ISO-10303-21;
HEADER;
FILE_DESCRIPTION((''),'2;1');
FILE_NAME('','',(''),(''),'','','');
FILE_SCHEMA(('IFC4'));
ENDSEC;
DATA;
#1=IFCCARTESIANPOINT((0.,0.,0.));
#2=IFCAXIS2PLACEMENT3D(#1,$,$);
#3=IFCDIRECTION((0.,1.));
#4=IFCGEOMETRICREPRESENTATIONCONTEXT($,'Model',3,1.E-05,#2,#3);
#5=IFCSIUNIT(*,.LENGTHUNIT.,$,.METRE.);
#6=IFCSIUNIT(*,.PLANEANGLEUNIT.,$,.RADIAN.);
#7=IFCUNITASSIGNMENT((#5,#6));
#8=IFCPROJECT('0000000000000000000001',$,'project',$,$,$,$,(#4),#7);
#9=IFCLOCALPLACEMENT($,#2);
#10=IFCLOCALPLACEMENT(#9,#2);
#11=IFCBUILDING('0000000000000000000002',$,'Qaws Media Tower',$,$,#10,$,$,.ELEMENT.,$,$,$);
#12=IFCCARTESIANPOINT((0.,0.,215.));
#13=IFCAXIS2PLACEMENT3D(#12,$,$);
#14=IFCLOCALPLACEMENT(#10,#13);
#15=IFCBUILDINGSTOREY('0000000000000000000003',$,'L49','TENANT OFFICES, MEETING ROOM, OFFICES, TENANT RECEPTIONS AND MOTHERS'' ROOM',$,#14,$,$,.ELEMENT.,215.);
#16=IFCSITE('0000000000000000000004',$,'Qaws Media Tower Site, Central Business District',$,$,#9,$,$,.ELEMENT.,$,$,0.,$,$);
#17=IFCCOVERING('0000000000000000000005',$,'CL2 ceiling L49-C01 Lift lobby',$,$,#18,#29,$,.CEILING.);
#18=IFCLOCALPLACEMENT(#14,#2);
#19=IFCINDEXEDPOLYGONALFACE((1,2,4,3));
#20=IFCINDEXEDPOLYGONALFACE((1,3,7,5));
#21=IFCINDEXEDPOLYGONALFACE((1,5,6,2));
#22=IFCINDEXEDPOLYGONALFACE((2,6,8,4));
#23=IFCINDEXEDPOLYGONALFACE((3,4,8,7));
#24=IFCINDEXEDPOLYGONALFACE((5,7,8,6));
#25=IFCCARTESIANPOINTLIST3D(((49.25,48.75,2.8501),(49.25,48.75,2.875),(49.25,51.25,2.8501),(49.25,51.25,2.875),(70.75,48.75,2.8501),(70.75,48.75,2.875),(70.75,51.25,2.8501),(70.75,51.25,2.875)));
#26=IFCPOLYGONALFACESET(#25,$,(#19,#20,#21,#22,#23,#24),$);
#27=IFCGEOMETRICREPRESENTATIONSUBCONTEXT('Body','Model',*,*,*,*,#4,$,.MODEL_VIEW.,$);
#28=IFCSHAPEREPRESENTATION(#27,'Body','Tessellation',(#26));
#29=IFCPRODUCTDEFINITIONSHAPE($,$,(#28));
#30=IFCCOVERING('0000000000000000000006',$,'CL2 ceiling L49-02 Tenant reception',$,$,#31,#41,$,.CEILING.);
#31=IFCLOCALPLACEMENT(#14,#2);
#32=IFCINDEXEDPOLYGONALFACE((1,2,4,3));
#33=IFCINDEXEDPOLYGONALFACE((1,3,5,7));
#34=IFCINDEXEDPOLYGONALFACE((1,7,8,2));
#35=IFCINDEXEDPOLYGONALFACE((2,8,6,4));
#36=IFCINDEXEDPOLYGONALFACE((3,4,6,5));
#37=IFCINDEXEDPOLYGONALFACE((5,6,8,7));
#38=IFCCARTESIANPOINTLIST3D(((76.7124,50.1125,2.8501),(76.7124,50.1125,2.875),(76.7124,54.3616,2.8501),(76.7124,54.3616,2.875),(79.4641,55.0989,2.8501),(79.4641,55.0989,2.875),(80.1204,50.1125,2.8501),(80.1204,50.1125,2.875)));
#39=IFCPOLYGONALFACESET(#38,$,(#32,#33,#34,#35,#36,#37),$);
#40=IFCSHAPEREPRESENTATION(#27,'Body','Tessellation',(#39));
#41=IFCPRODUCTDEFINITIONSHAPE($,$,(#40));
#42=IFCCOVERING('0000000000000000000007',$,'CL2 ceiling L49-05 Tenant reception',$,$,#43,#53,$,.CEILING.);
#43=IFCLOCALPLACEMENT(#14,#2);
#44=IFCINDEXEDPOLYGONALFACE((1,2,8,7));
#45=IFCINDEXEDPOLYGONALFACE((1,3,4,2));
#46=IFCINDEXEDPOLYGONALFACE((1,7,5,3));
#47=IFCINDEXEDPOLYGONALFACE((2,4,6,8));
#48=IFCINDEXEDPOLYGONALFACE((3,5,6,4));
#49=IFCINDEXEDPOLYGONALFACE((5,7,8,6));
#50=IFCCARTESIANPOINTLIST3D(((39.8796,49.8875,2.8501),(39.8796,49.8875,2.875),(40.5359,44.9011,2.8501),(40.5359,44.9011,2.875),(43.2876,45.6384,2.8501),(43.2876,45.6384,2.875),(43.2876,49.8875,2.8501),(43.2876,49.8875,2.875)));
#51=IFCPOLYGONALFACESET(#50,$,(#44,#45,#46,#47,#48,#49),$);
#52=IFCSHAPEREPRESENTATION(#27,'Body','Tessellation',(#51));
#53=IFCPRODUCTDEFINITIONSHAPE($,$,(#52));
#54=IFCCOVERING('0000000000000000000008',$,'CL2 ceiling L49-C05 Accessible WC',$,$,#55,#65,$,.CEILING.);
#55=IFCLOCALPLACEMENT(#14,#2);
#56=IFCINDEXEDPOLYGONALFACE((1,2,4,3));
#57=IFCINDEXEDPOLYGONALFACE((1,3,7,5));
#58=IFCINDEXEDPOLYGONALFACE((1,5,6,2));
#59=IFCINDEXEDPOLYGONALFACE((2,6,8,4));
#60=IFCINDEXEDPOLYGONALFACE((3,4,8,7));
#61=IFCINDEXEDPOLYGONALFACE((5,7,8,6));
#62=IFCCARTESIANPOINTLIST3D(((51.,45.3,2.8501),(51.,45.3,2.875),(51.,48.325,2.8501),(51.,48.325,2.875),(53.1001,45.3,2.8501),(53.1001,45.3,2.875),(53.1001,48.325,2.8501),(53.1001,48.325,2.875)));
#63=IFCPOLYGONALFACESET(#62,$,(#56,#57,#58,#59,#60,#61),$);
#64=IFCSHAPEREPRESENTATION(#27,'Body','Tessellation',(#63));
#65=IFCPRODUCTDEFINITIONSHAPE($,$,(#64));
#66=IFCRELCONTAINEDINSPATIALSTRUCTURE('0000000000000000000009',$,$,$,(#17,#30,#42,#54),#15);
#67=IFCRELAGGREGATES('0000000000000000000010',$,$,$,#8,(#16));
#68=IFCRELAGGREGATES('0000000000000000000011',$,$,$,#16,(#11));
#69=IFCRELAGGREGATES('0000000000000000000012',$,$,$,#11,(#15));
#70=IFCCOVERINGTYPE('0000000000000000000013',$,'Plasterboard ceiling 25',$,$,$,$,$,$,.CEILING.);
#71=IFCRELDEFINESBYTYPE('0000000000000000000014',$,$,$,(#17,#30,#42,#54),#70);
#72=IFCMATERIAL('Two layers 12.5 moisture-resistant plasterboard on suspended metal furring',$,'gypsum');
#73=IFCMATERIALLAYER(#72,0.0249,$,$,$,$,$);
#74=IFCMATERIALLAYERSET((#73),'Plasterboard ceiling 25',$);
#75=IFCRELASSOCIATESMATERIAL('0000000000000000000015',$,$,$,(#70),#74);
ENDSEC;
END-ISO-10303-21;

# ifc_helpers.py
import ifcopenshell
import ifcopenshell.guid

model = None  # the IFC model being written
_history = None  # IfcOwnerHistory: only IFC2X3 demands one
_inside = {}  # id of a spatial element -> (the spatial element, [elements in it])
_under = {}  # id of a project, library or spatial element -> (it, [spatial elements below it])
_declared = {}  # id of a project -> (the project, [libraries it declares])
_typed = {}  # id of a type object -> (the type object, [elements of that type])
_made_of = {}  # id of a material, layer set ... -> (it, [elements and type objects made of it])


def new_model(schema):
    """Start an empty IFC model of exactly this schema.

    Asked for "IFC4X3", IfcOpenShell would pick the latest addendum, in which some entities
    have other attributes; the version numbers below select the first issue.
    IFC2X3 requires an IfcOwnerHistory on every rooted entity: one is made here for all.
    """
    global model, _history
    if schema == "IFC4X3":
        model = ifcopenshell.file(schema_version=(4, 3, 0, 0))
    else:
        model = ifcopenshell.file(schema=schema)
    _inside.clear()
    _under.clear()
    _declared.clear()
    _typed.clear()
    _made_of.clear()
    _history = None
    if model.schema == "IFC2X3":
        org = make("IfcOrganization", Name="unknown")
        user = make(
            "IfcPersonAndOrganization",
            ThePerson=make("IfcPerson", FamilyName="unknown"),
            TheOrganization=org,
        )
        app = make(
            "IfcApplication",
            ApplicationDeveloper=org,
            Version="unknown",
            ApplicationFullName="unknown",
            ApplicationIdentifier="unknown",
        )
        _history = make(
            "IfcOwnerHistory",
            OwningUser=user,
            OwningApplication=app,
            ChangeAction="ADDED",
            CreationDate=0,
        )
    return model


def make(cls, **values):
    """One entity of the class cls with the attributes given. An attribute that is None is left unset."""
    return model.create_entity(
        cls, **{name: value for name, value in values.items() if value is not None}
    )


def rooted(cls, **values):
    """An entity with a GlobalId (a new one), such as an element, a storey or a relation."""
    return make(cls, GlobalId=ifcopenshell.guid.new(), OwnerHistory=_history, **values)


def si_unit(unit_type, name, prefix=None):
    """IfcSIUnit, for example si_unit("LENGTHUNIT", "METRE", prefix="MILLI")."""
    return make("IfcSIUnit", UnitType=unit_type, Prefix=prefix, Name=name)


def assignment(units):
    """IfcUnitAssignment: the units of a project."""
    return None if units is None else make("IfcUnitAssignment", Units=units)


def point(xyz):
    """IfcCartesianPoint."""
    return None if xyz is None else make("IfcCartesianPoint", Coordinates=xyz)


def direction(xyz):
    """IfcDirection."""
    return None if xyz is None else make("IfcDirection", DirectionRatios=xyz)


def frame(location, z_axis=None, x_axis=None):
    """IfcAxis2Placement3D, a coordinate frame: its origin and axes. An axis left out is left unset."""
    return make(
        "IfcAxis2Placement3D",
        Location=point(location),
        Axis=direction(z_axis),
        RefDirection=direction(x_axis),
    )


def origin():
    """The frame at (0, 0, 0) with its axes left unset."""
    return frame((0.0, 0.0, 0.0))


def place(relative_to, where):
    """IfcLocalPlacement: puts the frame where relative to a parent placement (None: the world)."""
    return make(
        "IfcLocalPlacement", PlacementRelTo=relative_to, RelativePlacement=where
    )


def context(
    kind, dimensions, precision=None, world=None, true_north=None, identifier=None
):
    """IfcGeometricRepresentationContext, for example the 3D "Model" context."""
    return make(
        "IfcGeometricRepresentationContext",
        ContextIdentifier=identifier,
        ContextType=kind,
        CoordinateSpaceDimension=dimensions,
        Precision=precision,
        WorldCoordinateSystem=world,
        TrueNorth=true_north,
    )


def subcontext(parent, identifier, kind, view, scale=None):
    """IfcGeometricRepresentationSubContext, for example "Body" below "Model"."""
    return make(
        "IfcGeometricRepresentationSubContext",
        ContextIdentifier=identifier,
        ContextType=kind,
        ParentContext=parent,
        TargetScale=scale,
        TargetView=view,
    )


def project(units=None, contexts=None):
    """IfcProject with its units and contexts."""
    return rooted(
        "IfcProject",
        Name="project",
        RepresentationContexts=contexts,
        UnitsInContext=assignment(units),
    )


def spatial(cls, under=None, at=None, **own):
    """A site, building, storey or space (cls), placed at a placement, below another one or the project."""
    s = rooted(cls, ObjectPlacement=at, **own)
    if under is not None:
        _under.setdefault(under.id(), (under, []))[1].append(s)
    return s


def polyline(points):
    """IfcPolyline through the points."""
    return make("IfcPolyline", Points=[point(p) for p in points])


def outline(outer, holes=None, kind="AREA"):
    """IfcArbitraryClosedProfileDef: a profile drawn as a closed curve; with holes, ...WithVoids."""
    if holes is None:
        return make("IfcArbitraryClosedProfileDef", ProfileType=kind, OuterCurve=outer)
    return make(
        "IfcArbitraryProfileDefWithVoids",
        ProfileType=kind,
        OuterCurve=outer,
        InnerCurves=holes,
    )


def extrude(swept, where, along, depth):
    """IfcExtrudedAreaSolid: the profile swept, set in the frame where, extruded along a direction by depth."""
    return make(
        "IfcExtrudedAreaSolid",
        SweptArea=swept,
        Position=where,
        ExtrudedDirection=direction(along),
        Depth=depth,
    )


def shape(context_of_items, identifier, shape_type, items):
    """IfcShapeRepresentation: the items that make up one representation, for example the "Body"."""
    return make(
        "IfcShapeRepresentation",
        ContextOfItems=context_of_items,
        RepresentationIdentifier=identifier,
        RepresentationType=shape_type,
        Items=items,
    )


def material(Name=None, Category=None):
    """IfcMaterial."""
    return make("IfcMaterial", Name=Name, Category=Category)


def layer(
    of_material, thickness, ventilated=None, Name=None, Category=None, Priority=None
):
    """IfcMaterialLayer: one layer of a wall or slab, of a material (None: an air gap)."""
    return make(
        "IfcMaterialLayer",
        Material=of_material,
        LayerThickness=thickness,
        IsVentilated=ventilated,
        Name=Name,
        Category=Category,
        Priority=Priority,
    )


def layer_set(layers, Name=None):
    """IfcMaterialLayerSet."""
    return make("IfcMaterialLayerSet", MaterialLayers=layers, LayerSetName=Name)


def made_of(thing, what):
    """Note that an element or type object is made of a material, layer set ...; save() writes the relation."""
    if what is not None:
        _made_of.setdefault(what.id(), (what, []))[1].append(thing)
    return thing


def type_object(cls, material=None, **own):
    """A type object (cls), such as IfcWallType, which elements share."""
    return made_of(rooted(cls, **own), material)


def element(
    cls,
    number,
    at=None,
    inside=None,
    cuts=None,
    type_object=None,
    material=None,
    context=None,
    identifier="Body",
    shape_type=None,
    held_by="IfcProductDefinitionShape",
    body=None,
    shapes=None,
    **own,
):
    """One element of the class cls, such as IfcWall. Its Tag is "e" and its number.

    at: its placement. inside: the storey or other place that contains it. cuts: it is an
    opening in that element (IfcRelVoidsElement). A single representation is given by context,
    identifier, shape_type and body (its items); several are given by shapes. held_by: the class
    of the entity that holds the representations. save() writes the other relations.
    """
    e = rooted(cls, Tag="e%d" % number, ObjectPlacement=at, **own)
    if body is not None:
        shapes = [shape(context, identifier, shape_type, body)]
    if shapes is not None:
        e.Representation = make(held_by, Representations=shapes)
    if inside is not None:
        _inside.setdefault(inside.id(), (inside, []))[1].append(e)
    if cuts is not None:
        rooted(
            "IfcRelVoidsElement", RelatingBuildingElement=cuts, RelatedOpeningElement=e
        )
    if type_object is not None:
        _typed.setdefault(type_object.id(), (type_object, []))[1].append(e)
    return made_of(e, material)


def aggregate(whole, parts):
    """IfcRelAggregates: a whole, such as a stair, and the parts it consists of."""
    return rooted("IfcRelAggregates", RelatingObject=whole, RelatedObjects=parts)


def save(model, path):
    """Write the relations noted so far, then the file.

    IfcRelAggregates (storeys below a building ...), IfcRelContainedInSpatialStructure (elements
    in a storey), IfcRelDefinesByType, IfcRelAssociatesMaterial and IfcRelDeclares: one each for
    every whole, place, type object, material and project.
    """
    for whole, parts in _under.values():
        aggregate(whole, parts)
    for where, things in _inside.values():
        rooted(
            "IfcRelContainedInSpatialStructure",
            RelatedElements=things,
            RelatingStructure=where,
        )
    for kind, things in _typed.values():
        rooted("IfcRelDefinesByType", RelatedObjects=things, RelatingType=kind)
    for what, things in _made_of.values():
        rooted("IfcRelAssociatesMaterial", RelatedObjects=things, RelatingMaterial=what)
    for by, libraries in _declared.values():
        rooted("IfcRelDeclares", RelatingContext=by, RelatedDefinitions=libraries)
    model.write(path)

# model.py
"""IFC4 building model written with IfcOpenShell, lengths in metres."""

from ifc_helpers import new_model, si_unit, direction, frame, origin, place, context, subcontext, project, spatial, polyline, outline, extrude, material, layer, layer_set, type_object, element, save


model = new_model("IFC4")

# Units and contexts
model_context = context("Model", 3, precision=1e-05, world=origin(), true_north=direction((0.0, 1.0)))
body_context = subcontext(model_context, "Body", "Model", "MODEL_VIEW")
ifc_project = project(units=[si_unit("LENGTHUNIT", "METRE"), si_unit("PLANEANGLEUNIT", "RADIAN")], contexts=[model_context])

# Site, building, storey
site_placement = place(None, origin())
site = spatial("IfcSite", under=ifc_project, at=site_placement, Name="Qaws Media Tower Site, Central Business District", CompositionType="ELEMENT", RefElevation=0.0)
building_placement = place(site_placement, origin())
building = spatial("IfcBuilding", under=site, at=building_placement, Name="Qaws Media Tower", CompositionType="ELEMENT")
storey_placement = place(building_placement, frame((0.0, 0.0, 215.0)))
storey = spatial("IfcBuildingStorey", under=building, at=storey_placement, Name="L49", Description="TENANT OFFICES, MEETING ROOM, OFFICES, TENANT RECEPTIONS AND MOTHERS' ROOM", CompositionType="ELEMENT", Elevation=215.0)

# Coverings
ifc_material_1 = material(Name="Two layers 12.5 moisture-resistant plasterboard on suspended metal furring", Category="gypsum")
ifc_layer_1 = layer(ifc_material_1, 0.0249)
ifc_layer_set_1 = layer_set([ifc_layer_1], Name="Plasterboard ceiling 25")
covering_type_1 = type_object("IfcCoveringType", Name="Plasterboard ceiling 25", PredefinedType="CEILING", material=ifc_layer_set_1)
covering_1_placement = place(storey_placement, frame((0.0, 0.0, 2.8501)))
element("IfcCovering", 1, at=covering_1_placement, inside=storey, type_object=covering_type_1, Name="CL2 ceiling L49-C01 Lift lobby", PredefinedType="CEILING", context=body_context, shape_type="SweptSolid", body=[
    extrude(outline(polyline([(49.25, 48.75), (49.25, 51.25), (70.75, 51.25), (70.75, 48.75), (49.25, 48.75)])), origin(), (0.0, 0.0, 1.0), 0.0249),
])
covering_2_placement = place(storey_placement, frame((0.0, 0.0, 2.8501)))
element("IfcCovering", 2, at=covering_2_placement, inside=storey, type_object=covering_type_1, Name="CL2 ceiling L49-02 Tenant reception", PredefinedType="CEILING", context=body_context, shape_type="SweptSolid", body=[
    extrude(outline(polyline([(80.1204, 50.1125), (76.7124, 50.1125), (76.7124, 54.3616), (79.4641, 55.0989), (80.1204, 50.1125)])), origin(), (0.0, 0.0, 1.0), 0.0249),
])
covering_3_placement = place(storey_placement, frame((0.0, 0.0, 2.8501)))
element("IfcCovering", 3, at=covering_3_placement, inside=storey, type_object=covering_type_1, Name="CL2 ceiling L49-05 Tenant reception", PredefinedType="CEILING", context=body_context, shape_type="SweptSolid", body=[
    extrude(outline(polyline([(39.8796, 49.8875), (43.2876, 49.8875), (43.2876, 45.6384), (40.5359, 44.9011), (39.8796, 49.8875)])), origin(), (0.0, 0.0, 1.0), 0.0249),
])
covering_4_placement = place(storey_placement, frame((0.0, 0.0, 2.8501)))
element("IfcCovering", 4, at=covering_4_placement, inside=storey, type_object=covering_type_1, Name="CL2 ceiling L49-C05 Accessible WC", PredefinedType="CEILING", context=body_context, shape_type="SweptSolid", body=[
    extrude(outline(polyline([(51.0, 45.3), (51.0, 48.325), (53.1001, 48.325), (53.1001, 45.3), (51.0, 45.3)])), origin(), (0.0, 0.0, 1.0), 0.0249),
])

save(model, "model.ifc")
